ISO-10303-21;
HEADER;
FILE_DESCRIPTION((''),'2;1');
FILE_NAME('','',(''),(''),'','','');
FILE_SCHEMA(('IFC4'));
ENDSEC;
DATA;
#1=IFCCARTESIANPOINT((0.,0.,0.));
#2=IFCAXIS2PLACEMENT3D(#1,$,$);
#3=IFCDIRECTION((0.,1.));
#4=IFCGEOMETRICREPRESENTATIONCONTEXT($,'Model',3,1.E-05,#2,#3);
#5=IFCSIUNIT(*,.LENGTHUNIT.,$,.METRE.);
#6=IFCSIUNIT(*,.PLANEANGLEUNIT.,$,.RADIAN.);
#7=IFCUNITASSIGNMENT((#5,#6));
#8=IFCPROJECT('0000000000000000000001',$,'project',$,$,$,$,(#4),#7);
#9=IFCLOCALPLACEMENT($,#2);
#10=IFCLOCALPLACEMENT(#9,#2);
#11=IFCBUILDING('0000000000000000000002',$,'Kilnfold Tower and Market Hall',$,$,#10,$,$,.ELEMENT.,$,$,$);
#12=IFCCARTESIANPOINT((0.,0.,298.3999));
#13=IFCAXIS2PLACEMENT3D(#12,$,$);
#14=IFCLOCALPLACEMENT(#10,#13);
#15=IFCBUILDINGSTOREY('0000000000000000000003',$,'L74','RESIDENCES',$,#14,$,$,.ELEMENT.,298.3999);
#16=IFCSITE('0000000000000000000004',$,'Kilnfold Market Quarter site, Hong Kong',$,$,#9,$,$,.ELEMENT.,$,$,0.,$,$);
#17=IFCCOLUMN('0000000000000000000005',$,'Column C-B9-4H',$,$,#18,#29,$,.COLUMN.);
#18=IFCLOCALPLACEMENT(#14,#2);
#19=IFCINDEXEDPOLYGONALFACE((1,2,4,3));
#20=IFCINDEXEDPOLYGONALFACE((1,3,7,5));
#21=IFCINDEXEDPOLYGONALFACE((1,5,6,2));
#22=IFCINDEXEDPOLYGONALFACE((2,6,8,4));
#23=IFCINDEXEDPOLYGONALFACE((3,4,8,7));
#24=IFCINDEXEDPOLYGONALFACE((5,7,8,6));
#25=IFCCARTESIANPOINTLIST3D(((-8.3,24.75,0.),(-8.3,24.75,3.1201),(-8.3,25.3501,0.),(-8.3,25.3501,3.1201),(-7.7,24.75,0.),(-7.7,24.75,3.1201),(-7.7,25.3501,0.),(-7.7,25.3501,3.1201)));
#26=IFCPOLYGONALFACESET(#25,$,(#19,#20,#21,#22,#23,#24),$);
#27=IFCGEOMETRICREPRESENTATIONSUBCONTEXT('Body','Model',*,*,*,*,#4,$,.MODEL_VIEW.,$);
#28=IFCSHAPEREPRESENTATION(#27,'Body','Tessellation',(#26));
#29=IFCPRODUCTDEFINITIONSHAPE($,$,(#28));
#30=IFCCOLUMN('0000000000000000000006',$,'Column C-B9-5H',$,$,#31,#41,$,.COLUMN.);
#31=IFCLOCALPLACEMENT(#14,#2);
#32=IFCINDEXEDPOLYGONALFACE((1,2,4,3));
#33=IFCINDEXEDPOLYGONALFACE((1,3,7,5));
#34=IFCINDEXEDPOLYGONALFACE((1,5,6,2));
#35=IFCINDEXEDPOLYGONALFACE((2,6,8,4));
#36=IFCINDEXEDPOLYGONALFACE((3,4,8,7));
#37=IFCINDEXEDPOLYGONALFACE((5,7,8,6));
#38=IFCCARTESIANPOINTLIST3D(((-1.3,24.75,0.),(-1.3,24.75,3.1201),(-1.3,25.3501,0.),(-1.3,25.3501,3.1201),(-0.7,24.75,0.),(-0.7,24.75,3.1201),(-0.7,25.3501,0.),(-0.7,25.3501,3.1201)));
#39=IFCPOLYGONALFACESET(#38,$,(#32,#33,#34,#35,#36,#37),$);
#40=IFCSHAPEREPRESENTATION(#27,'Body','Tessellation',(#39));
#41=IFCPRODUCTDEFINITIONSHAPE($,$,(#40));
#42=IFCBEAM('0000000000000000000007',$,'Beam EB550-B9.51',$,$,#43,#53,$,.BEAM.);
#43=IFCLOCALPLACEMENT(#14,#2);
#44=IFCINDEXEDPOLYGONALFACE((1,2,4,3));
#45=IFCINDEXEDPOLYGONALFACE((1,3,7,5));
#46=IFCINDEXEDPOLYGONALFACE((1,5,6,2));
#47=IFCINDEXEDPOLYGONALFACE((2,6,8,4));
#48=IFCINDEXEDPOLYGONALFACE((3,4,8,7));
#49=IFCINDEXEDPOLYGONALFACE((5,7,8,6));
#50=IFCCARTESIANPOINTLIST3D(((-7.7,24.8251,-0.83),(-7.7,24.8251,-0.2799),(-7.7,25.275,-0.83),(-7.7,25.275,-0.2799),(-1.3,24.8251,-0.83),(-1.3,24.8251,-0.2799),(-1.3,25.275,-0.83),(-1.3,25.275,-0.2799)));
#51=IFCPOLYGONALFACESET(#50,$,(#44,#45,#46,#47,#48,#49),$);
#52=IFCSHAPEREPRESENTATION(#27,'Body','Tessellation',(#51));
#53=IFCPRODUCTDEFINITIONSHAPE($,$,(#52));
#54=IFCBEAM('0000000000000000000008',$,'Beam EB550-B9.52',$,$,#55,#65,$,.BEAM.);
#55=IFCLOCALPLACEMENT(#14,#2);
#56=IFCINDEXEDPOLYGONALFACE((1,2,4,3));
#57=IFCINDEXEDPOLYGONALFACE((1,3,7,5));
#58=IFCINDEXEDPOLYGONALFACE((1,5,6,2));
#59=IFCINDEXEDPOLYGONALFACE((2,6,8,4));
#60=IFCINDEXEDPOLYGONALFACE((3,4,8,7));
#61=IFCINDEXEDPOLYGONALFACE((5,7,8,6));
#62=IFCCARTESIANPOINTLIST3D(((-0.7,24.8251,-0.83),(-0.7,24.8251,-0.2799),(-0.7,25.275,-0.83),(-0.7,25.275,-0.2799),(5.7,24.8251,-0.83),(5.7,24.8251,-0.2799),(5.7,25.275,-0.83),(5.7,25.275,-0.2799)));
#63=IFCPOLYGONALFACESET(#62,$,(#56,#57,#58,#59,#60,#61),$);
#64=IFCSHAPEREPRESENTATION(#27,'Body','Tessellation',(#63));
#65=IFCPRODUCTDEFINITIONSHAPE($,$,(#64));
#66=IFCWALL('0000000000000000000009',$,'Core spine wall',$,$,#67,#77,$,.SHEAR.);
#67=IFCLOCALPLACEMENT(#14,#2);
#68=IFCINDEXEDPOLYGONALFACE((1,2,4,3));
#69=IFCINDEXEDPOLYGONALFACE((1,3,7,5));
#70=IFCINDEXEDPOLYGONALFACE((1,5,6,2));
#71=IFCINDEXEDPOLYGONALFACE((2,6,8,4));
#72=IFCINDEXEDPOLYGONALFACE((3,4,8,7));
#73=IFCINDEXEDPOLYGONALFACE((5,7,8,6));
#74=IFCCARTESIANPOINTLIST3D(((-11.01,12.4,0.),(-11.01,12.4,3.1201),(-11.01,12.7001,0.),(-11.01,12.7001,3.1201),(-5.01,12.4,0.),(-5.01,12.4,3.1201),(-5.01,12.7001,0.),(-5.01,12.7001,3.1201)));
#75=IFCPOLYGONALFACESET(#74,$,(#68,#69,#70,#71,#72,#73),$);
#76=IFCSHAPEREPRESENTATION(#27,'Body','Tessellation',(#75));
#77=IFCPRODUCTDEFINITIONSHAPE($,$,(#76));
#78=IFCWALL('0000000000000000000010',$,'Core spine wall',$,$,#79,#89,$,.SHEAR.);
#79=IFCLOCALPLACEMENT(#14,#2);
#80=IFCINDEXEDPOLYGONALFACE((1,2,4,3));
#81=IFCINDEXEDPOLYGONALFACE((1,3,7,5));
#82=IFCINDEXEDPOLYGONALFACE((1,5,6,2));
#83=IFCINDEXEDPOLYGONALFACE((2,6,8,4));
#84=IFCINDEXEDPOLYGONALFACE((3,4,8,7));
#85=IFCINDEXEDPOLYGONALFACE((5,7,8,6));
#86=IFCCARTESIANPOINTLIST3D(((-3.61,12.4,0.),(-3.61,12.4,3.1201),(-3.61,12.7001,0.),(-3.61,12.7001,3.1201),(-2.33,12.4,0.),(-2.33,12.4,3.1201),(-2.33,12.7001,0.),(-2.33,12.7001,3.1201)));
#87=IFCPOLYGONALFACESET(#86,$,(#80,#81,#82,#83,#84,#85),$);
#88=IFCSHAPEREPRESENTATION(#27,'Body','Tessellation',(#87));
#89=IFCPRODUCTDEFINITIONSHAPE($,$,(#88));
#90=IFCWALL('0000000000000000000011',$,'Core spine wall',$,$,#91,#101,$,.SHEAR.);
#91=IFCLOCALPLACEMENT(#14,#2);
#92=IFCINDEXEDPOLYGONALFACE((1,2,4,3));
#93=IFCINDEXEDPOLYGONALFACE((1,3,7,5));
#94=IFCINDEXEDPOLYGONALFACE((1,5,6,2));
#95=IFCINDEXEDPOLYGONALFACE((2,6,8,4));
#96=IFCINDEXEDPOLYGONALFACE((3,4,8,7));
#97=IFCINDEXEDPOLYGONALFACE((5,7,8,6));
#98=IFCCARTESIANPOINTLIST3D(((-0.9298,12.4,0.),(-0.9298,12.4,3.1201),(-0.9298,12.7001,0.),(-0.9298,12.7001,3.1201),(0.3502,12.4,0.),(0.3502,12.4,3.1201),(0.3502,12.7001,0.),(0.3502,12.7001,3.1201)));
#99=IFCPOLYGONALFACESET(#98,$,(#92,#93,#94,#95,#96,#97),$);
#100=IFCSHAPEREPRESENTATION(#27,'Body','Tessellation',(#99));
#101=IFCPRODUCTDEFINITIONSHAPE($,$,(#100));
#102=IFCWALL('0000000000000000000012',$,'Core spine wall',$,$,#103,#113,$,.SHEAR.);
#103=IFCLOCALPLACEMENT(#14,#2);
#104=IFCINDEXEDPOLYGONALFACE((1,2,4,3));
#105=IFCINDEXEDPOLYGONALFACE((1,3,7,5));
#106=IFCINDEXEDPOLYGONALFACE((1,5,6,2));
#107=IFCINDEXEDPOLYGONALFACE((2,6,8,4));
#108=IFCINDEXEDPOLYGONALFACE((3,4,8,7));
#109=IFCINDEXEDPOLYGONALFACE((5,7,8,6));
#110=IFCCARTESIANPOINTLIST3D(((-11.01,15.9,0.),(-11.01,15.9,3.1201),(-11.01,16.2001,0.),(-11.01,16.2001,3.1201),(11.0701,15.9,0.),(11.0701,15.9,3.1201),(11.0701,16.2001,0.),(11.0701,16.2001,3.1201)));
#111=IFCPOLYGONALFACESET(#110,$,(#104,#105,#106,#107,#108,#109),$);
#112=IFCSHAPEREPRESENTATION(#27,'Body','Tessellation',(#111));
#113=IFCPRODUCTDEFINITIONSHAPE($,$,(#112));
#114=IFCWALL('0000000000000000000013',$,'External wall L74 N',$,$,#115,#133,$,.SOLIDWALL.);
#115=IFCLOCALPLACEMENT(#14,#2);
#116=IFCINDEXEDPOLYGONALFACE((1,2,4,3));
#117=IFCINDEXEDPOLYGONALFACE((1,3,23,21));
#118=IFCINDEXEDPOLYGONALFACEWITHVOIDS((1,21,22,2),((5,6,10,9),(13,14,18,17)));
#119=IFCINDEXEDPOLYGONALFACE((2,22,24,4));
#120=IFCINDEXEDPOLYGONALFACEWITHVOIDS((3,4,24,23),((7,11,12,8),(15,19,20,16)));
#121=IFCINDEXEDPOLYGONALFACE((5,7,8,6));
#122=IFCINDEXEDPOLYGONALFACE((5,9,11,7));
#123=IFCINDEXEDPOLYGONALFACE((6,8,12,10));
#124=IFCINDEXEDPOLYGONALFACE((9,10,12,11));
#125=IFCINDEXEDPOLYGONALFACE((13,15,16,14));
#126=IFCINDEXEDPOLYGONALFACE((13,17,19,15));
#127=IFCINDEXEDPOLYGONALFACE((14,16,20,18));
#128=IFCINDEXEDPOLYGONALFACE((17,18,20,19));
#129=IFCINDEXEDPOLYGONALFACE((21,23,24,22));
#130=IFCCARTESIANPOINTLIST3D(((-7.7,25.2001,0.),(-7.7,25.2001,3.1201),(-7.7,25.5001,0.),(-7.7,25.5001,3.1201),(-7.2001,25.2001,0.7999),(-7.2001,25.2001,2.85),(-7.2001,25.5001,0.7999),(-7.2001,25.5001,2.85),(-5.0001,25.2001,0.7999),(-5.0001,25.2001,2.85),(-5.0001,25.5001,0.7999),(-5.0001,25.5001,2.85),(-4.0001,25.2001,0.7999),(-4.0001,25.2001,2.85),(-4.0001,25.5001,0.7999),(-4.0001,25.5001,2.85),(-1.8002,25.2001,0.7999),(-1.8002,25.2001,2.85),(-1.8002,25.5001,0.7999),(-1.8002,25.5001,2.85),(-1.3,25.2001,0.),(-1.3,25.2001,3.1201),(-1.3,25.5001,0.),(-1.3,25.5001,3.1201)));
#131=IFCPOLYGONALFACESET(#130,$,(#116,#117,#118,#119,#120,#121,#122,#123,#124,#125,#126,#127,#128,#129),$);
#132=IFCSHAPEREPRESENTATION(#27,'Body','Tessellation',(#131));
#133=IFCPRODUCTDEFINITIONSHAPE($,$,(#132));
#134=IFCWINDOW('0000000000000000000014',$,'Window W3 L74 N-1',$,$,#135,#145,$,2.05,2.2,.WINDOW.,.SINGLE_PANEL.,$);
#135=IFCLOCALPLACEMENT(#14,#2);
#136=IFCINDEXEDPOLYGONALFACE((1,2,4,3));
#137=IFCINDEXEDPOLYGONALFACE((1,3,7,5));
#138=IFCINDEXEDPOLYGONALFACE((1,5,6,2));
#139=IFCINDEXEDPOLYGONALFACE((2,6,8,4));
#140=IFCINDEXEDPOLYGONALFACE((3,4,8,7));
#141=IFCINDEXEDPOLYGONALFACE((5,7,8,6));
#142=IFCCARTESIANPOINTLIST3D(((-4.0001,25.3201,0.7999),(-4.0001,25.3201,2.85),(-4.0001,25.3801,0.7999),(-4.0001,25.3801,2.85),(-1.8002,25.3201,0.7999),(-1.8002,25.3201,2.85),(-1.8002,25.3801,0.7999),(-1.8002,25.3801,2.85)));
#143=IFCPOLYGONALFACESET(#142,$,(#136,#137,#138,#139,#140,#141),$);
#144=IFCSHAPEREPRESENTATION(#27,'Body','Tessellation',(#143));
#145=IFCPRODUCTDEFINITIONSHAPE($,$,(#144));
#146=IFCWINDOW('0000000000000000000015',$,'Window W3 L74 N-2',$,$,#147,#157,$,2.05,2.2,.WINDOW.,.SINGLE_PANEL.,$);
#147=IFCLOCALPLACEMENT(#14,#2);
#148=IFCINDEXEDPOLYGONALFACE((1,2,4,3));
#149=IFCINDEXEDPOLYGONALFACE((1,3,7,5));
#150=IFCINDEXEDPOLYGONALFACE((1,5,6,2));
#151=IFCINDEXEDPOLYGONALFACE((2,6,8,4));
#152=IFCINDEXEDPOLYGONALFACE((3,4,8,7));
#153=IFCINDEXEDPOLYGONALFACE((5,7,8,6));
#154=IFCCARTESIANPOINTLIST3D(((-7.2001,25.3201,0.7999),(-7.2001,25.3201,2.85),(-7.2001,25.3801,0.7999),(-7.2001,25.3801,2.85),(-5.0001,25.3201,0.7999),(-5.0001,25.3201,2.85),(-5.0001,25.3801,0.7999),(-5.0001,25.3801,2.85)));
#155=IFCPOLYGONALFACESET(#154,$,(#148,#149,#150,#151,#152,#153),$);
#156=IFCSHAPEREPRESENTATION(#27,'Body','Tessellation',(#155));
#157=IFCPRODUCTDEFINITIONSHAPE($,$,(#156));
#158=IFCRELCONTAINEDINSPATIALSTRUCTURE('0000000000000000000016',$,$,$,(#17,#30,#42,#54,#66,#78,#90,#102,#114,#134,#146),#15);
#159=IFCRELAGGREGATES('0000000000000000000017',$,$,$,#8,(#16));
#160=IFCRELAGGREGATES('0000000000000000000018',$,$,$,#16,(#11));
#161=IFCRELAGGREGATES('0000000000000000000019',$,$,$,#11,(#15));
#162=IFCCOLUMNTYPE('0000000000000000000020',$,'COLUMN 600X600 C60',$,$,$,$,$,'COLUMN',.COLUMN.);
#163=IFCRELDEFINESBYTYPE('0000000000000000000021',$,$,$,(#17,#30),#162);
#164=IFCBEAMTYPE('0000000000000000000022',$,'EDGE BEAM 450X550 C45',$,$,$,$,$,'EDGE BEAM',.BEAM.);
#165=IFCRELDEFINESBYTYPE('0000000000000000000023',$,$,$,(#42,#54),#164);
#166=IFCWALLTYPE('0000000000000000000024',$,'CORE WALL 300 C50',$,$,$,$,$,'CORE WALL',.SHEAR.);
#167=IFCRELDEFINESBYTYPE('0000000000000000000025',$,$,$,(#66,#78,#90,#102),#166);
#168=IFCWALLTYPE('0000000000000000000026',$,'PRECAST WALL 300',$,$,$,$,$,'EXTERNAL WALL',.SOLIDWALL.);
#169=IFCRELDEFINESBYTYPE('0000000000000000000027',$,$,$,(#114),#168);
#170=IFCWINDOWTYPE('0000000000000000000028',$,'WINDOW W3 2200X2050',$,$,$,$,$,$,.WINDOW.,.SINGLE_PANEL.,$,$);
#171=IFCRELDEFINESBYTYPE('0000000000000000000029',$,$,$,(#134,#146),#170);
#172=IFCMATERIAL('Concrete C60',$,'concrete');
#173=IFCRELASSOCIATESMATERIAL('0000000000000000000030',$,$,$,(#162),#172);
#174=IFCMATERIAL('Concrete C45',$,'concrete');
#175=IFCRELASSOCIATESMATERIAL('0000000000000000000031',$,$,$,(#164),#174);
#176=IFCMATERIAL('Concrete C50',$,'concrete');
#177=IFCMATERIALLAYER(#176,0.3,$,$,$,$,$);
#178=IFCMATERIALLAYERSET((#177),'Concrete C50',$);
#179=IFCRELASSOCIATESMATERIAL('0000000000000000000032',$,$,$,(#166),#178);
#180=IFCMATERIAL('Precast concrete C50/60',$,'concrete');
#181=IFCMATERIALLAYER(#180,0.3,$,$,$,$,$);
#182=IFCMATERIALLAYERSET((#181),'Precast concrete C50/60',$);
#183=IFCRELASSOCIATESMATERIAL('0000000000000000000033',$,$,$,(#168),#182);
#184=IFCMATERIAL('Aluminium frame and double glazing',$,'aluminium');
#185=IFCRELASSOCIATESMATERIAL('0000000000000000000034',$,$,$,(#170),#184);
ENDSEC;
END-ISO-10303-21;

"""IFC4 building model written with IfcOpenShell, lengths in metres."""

from ifc_helpers import new_model, si_unit, direction, frame, frame_2d, origin, origin_2d, place, context, subcontext, project, spatial, rectangle, extrude, source, transform, mapped, material, layer, layer_set, material_profile, profile_set, type_object, element, fill, save


model = new_model("IFC4")

# Units and contexts
model_context = context("Model", 3, precision=1e-05, world=origin(), true_north=direction((0.0, 1.0)))
body_context = subcontext(model_context, "Body", "Model", "MODEL_VIEW")
ifc_project = project(units=[si_unit("LENGTHUNIT", "METRE"), si_unit("PLANEANGLEUNIT", "RADIAN")], contexts=[model_context])

# Site, building, storey
site_placement = place(None, origin())
site = spatial("IfcSite", under=ifc_project, at=site_placement, Name="Kilnfold Market Quarter site, Hong Kong", CompositionType="ELEMENT", RefElevation=0.0)
building_placement = place(site_placement, origin())
building = spatial("IfcBuilding", under=site, at=building_placement, Name="Kilnfold Tower and Market Hall", CompositionType="ELEMENT")
storey_placement = place(building_placement, frame((0.0, 0.0, 298.3999)))
storey = spatial("IfcBuildingStorey", under=building, at=storey_placement, Name="L74", Description="RESIDENCES", CompositionType="ELEMENT", Elevation=298.3999)

# Columns
ifc_material_1 = material(Name="Concrete C60", Category="concrete")
ifc_material_profile_1 = material_profile(ifc_material_1, rectangle(XDim=0.6001, YDim=0.6001, at=origin_2d()), Name="RC 600x600")
ifc_profile_set_1 = profile_set([ifc_material_profile_1], Name="Concrete C60")
column_type = type_object("IfcColumnType", Name="COLUMN 600X600 C60", ElementType="COLUMN", PredefinedType="COLUMN", material=ifc_profile_set_1)
shared_shape_1 = source(origin(), body_context, "Body", "SweptSolid", [
    extrude(rectangle(XDim=0.6001, YDim=0.6001, at=origin_2d()), origin(), (0.0, 0.0, 1.0), 3.1201),
])
for number, where, z_axis, x_axis, name in (
    (1, (-8.0, 25.05, 0.0), (0.0, 0.0, 1.0), (1.0, 0.0, 0.0), "Column C-B9-4H"),
    (2, (-1.0, 25.05, 0.0), (0.0, 0.0, 1.0), (1.0, 0.0, 0.0), "Column C-B9-5H"),
):
    element("IfcColumn", number, at=place(storey_placement, frame(where, z_axis=z_axis, x_axis=x_axis)), inside=storey, type_object=column_type, Name=name, PredefinedType="COLUMN", context=body_context, shape_type="MappedRepresentation", body=[
        mapped(shared_shape_1, transform((0.0, 0.0, 0.0))),
    ])

# Beams
ifc_material_2 = material(Name="Concrete C45", Category="concrete")
ifc_material_profile_2 = material_profile(ifc_material_2, rectangle(XDim=0.45, YDim=0.55, at=origin_2d()), Name="RC 450x550")
ifc_profile_set_2 = profile_set([ifc_material_profile_2], Name="Concrete C45")
beam_type = type_object("IfcBeamType", Name="EDGE BEAM 450X550 C45", ElementType="EDGE BEAM", PredefinedType="BEAM", material=ifc_profile_set_2)
shared_shape_2 = source(origin(), body_context, "Body", "SweptSolid", [
    extrude(rectangle(XDim=0.45, YDim=0.55, at=origin_2d()), origin(), (0.0, 0.0, 1.0), 6.3999),
])
for number, where, z_axis, x_axis, name in (
    (3, (-7.7, 25.05, -0.5549), (1.0, 0.0, 0.0), (0.0, 1.0, 0.0), "Beam EB550-B9.51"),
    (4, (-0.7, 25.05, -0.5549), (1.0, 0.0, 0.0), (0.0, 1.0, 0.0), "Beam EB550-B9.52"),
):
    element("IfcBeam", number, at=place(storey_placement, frame(where, z_axis=z_axis, x_axis=x_axis)), inside=storey, type_object=beam_type, Name=name, PredefinedType="BEAM", context=body_context, shape_type="MappedRepresentation", body=[
        mapped(shared_shape_2, transform((0.0, 0.0, 0.0))),
    ])

# Walls
ifc_material_3 = material(Name="Concrete C50", Category="concrete")
ifc_layer_1 = layer(ifc_material_3, 0.3)
ifc_layer_set_1 = layer_set([ifc_layer_1], Name="Concrete C50")
wall_type_1 = type_object("IfcWallType", Name="CORE WALL 300 C50", ElementType="CORE WALL", PredefinedType="SHEAR", material=ifc_layer_set_1)
shared_shape_3 = source(origin(), body_context, "Body", "SweptSolid", [
    extrude(rectangle(XDim=6.0, YDim=0.3, at=frame_2d((3.0, 0.0))), origin(), (0.0, 0.0, 1.0), 3.1201),
])
wall_1_placement = place(storey_placement, frame((-11.01, 12.55, 0.0), z_axis=(0.0, 0.0, 1.0), x_axis=(1.0, 0.0, 0.0)))
element("IfcWall", 5, at=wall_1_placement, inside=storey, type_object=wall_type_1, Name="Core spine wall", PredefinedType="SHEAR", context=body_context, shape_type="MappedRepresentation", body=[
    mapped(shared_shape_3, transform((0.0, 0.0, 0.0))),
])
shared_shape_4 = source(origin(), body_context, "Body", "SweptSolid", [
    extrude(rectangle(XDim=1.28, YDim=0.3, at=frame_2d((0.6401, 0.0))), origin(), (0.0, 0.0, 1.0), 3.1201),
])
for number, where, z_axis, x_axis, name in (
    (6, (-3.6101, 12.55, 0.0), (0.0, 0.0, 1.0), (1.0, 0.0, 0.0), "Core spine wall"),
    (7, (-0.9299, 12.55, 0.0), (0.0, 0.0, 1.0), (1.0, 0.0, 0.0), "Core spine wall"),
):
    element("IfcWall", number, at=place(storey_placement, frame(where, z_axis=z_axis, x_axis=x_axis)), inside=storey, type_object=wall_type_1, Name=name, PredefinedType="SHEAR", context=body_context, shape_type="MappedRepresentation", body=[
        mapped(shared_shape_4, transform((0.0, 0.0, 0.0))),
    ])
shared_shape_5 = source(origin(), body_context, "Body", "SweptSolid", [
    extrude(rectangle(XDim=22.0801, YDim=0.3, at=frame_2d((11.04, 0.0))), origin(), (0.0, 0.0, 1.0), 3.1201),
])
wall_2_placement = place(storey_placement, frame((-11.01, 16.05, 0.0), z_axis=(0.0, 0.0, 1.0), x_axis=(1.0, 0.0, 0.0)))
element("IfcWall", 8, at=wall_2_placement, inside=storey, type_object=wall_type_1, Name="Core spine wall", PredefinedType="SHEAR", context=body_context, shape_type="MappedRepresentation", body=[
    mapped(shared_shape_5, transform((0.0, 0.0, 0.0))),
])

# Wall, openings, windows
ifc_material_4 = material(Name="Precast concrete C50/60", Category="concrete")
ifc_layer_2 = layer(ifc_material_4, 0.3)
ifc_layer_set_2 = layer_set([ifc_layer_2], Name="Precast concrete C50/60")
wall_type_2 = type_object("IfcWallType", Name="PRECAST WALL 300", ElementType="EXTERNAL WALL", PredefinedType="SOLIDWALL", material=ifc_layer_set_2)
shared_shape_6 = source(origin(), body_context, "Body", "SweptSolid", [
    extrude(rectangle(XDim=6.3999, YDim=0.3, at=frame_2d((3.2, 0.0))), origin(), (0.0, 0.0, 1.0), 3.1201),
])
wall_3_placement = place(storey_placement, frame((-1.3, 25.3501, 0.0), z_axis=(0.0, 0.0, 1.0), x_axis=(-1.0, 0.0, 0.0)))
wall_3 = element("IfcWall", 9, at=wall_3_placement, inside=storey, type_object=wall_type_2, Name="External wall L74 N", PredefinedType="SOLIDWALL", context=body_context, shape_type="MappedRepresentation", body=[
    mapped(shared_shape_6, transform((0.0, 0.0, 0.0))),
])
opening_1_placement = place(wall_3_placement, frame((0.5, 0.0, 0.8)))
opening_1 = element("IfcOpeningElement", 10, at=opening_1_placement, cuts=wall_3, PredefinedType="OPENING", context=body_context, shape_type="SweptSolid", body=[
    extrude(rectangle(XDim=2.2, YDim=2.05, at=frame_2d((1.1001, 1.0249))), frame((0.0, 0.1602, 0.0), z_axis=(0.0, -1.0, 0.0), x_axis=(1.0, 0.0, 0.0)), (0.0, 0.0, 1.0), 0.3201),
])
opening_2_placement = place(wall_3_placement, frame((3.7, 0.0, 0.8)))
opening_2 = element("IfcOpeningElement", 11, at=opening_2_placement, cuts=wall_3, PredefinedType="OPENING", context=body_context, shape_type="SweptSolid", body=[
    extrude(rectangle(XDim=2.2, YDim=2.05, at=frame_2d((1.1001, 1.0249))), frame((0.0, 0.1602, 0.0), z_axis=(0.0, -1.0, 0.0), x_axis=(1.0, 0.0, 0.0)), (0.0, 0.0, 1.0), 0.3201),
])
ifc_material_5 = material(Name="Aluminium frame and double glazing", Category="aluminium")
window_type = type_object("IfcWindowType", Name="WINDOW W3 2200X2050", PartitioningType="SINGLE_PANEL", PredefinedType="WINDOW", material=ifc_material_5)
window_1_placement = place(opening_1_placement, origin())
window_1 = element("IfcWindow", 12, at=window_1_placement, inside=storey, type_object=window_type, Name="Window W3 L74 N-1", OverallHeight=2.05, OverallWidth=2.2, PartitioningType="SINGLE_PANEL", PredefinedType="WINDOW", context=body_context, shape_type="SweptSolid", body=[
    extrude(rectangle(XDim=2.2, YDim=2.05, at=frame_2d((1.1001, 1.0249))), frame((0.0, 0.03, 0.0), z_axis=(0.0, -1.0, 0.0), x_axis=(1.0, 0.0, 0.0)), (0.0, 0.0, 1.0), 0.0601),
])
fill(opening_1, window_1)
window_2_placement = place(opening_2_placement, origin())
window_2 = element("IfcWindow", 13, at=window_2_placement, inside=storey, type_object=window_type, Name="Window W3 L74 N-2", OverallHeight=2.05, OverallWidth=2.2, PartitioningType="SINGLE_PANEL", PredefinedType="WINDOW", context=body_context, shape_type="SweptSolid", body=[
    extrude(rectangle(XDim=2.2, YDim=2.05, at=frame_2d((1.1001, 1.0249))), frame((0.0, 0.03, 0.0), z_axis=(0.0, -1.0, 0.0), x_axis=(1.0, 0.0, 0.0)), (0.0, 0.0, 1.0), 0.0601),
])
fill(opening_2, window_2)

save(model, "model.ifc")
